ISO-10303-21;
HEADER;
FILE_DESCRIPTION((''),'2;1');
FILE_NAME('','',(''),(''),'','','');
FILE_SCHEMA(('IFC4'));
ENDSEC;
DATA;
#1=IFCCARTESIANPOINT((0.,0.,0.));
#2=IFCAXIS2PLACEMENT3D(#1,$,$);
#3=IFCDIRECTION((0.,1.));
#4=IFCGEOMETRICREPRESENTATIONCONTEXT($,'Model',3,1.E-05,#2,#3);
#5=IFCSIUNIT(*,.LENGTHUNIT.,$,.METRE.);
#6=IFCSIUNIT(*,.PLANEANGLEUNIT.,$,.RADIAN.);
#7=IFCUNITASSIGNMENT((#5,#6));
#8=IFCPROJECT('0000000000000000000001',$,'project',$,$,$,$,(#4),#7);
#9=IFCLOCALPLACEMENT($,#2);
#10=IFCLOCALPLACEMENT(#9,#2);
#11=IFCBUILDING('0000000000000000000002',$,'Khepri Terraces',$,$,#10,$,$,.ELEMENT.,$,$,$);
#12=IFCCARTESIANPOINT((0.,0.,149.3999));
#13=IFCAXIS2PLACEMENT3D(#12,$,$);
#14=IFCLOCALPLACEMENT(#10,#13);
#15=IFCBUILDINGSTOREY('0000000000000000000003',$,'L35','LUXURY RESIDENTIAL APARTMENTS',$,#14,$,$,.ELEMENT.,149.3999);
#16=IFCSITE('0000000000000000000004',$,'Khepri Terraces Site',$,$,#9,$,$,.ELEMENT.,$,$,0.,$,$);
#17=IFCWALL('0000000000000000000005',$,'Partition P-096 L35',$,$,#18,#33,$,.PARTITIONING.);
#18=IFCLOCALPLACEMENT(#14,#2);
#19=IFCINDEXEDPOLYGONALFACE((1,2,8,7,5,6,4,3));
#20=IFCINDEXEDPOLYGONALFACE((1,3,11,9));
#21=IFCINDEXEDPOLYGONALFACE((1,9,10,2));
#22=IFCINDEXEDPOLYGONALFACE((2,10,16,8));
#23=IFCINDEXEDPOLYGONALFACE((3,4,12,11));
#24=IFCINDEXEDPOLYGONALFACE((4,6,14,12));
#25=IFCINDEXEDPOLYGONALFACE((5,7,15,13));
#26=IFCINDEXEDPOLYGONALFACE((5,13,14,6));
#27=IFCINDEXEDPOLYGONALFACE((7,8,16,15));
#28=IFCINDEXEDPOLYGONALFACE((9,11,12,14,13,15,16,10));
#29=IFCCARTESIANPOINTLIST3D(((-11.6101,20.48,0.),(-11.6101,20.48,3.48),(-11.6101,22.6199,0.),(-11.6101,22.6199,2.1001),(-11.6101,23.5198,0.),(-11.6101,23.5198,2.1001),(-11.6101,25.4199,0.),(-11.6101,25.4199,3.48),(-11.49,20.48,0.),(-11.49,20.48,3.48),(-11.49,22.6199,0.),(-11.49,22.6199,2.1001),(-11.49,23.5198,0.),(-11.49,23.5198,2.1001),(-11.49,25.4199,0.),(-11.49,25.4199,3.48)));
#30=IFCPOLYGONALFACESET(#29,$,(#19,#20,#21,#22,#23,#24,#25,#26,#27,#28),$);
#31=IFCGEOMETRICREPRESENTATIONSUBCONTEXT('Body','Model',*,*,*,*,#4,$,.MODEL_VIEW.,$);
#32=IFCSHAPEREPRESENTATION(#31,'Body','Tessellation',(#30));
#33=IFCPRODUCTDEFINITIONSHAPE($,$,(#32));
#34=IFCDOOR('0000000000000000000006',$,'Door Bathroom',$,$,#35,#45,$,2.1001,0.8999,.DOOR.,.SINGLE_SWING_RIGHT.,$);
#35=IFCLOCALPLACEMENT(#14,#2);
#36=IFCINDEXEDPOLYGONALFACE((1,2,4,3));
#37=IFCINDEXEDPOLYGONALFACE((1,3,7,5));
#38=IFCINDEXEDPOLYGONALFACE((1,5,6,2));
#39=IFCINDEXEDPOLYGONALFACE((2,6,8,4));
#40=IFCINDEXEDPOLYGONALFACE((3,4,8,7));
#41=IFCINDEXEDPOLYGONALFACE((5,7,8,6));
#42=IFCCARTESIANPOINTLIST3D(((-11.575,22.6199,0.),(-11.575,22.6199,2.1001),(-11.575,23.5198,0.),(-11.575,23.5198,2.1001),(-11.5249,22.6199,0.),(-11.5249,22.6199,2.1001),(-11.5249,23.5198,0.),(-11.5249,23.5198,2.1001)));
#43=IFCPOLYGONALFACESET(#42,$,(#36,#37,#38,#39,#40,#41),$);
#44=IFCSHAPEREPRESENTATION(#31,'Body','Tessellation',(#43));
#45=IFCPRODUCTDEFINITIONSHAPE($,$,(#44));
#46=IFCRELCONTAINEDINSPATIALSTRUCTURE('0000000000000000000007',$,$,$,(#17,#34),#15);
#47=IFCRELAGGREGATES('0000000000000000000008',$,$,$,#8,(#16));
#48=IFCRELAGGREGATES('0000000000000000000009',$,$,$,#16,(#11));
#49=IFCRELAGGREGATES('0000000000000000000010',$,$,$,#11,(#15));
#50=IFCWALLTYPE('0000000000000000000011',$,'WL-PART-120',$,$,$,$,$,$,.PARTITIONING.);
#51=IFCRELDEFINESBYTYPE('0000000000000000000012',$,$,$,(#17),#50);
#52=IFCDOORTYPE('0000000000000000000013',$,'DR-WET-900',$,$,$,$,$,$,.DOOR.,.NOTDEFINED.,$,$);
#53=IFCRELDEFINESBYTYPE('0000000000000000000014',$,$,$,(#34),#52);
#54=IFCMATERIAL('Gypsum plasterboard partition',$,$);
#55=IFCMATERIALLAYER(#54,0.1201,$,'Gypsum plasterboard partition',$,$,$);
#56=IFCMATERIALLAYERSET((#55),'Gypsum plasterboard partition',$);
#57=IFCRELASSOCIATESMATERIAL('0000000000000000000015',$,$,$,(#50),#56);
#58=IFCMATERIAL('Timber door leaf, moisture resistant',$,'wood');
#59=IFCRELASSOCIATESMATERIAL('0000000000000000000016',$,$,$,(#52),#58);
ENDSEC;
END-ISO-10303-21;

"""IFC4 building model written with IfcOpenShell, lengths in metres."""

from ifc_helpers import new_model, si_unit, direction, frame, frame_2d, origin, place, context, subcontext, project, spatial, rectangle, extrude, material, layer, layer_set, type_object, element, fill, save


model = new_model("IFC4")

# Units and contexts
model_context = context("Model", 3, precision=1e-05, world=origin(), true_north=direction((0.0, 1.0)))
body_context = subcontext(model_context, "Body", "Model", "MODEL_VIEW")
ifc_project = project(units=[si_unit("LENGTHUNIT", "METRE"), si_unit("PLANEANGLEUNIT", "RADIAN")], contexts=[model_context])

# Site, building, storey
site_placement = place(None, origin())
site = spatial("IfcSite", under=ifc_project, at=site_placement, Name="Khepri Terraces Site", CompositionType="ELEMENT", RefElevation=0.0)
building_placement = place(site_placement, origin())
building = spatial("IfcBuilding", under=site, at=building_placement, Name="Khepri Terraces", CompositionType="ELEMENT")
storey_placement = place(building_placement, frame((0.0, 0.0, 149.3999)))
storey = spatial("IfcBuildingStorey", under=building, at=storey_placement, Name="L35", Description="LUXURY RESIDENTIAL APARTMENTS", CompositionType="ELEMENT", Elevation=149.3999)

# Shared definitions
ifc_material_1 = material(Name="Gypsum plasterboard partition")
ifc_layer_1 = layer(ifc_material_1, 0.1201, Name="Gypsum plasterboard partition")
ifc_layer_set_1 = layer_set([ifc_layer_1], Name="Gypsum plasterboard partition")
wall_type_1 = type_object("IfcWallType", Name="WL-PART-120", PredefinedType="PARTITIONING", material=ifc_layer_set_1)

# Shared definitions
ifc_material_2 = material(Name="Timber door leaf, moisture resistant", Category="wood")
door_type_1 = type_object("IfcDoorType", Name="DR-WET-900", OperationType="NOTDEFINED", PredefinedType="DOOR", material=ifc_material_2)

# Wall, opening, door
wall_1_placement = place(storey_placement, frame((-11.55, 20.48, 0.0), z_axis=(0.0, 0.0, 1.0), x_axis=(0.0, 1.0, 0.0)))
wall_1 = element("IfcWall", 1, at=wall_1_placement, inside=storey, type_object=wall_type_1, Name="Partition P-096 L35", PredefinedType="PARTITIONING", context=body_context, shape_type="SweptSolid", body=[
    extrude(rectangle(XDim=4.9399, YDim=0.1201, at=frame_2d((2.47, 0.0))), origin(), (0.0, 0.0, 1.0), 3.48),
])
opening_1_placement = place(wall_1_placement, frame((2.1399, 0.0, 0.0)))
opening_1 = element("IfcOpeningElement", 2, at=opening_1_placement, cuts=wall_1, PredefinedType="OPENING", context=body_context, shape_type="SweptSolid", body=[
    extrude(rectangle(XDim=0.8999, YDim=2.1001, at=frame_2d((0.45, 1.05))), frame((0.0, 0.0701, 0.0), z_axis=(0.0, -1.0, 0.0), x_axis=(1.0, 0.0, 0.0)), (0.0, 0.0, 1.0), 0.1401),
])
door_1_placement = place(opening_1_placement, origin())
door_1 = element("IfcDoor", 3, at=door_1_placement, inside=storey, type_object=door_type_1, Name="Door Bathroom", OperationType="SINGLE_SWING_RIGHT", OverallHeight=2.1001, OverallWidth=0.8999, PredefinedType="DOOR", context=body_context, shape_type="SweptSolid", body=[
    extrude(rectangle(XDim=0.8999, YDim=2.1001, at=frame_2d((0.45, 1.05))), frame((0.0, 0.0249, 0.0), z_axis=(0.0, -1.0, 0.0), x_axis=(1.0, 0.0, 0.0)), (0.0, 0.0, 1.0), 0.05),
])
fill(opening_1, door_1)

save(model, "model.ifc")
